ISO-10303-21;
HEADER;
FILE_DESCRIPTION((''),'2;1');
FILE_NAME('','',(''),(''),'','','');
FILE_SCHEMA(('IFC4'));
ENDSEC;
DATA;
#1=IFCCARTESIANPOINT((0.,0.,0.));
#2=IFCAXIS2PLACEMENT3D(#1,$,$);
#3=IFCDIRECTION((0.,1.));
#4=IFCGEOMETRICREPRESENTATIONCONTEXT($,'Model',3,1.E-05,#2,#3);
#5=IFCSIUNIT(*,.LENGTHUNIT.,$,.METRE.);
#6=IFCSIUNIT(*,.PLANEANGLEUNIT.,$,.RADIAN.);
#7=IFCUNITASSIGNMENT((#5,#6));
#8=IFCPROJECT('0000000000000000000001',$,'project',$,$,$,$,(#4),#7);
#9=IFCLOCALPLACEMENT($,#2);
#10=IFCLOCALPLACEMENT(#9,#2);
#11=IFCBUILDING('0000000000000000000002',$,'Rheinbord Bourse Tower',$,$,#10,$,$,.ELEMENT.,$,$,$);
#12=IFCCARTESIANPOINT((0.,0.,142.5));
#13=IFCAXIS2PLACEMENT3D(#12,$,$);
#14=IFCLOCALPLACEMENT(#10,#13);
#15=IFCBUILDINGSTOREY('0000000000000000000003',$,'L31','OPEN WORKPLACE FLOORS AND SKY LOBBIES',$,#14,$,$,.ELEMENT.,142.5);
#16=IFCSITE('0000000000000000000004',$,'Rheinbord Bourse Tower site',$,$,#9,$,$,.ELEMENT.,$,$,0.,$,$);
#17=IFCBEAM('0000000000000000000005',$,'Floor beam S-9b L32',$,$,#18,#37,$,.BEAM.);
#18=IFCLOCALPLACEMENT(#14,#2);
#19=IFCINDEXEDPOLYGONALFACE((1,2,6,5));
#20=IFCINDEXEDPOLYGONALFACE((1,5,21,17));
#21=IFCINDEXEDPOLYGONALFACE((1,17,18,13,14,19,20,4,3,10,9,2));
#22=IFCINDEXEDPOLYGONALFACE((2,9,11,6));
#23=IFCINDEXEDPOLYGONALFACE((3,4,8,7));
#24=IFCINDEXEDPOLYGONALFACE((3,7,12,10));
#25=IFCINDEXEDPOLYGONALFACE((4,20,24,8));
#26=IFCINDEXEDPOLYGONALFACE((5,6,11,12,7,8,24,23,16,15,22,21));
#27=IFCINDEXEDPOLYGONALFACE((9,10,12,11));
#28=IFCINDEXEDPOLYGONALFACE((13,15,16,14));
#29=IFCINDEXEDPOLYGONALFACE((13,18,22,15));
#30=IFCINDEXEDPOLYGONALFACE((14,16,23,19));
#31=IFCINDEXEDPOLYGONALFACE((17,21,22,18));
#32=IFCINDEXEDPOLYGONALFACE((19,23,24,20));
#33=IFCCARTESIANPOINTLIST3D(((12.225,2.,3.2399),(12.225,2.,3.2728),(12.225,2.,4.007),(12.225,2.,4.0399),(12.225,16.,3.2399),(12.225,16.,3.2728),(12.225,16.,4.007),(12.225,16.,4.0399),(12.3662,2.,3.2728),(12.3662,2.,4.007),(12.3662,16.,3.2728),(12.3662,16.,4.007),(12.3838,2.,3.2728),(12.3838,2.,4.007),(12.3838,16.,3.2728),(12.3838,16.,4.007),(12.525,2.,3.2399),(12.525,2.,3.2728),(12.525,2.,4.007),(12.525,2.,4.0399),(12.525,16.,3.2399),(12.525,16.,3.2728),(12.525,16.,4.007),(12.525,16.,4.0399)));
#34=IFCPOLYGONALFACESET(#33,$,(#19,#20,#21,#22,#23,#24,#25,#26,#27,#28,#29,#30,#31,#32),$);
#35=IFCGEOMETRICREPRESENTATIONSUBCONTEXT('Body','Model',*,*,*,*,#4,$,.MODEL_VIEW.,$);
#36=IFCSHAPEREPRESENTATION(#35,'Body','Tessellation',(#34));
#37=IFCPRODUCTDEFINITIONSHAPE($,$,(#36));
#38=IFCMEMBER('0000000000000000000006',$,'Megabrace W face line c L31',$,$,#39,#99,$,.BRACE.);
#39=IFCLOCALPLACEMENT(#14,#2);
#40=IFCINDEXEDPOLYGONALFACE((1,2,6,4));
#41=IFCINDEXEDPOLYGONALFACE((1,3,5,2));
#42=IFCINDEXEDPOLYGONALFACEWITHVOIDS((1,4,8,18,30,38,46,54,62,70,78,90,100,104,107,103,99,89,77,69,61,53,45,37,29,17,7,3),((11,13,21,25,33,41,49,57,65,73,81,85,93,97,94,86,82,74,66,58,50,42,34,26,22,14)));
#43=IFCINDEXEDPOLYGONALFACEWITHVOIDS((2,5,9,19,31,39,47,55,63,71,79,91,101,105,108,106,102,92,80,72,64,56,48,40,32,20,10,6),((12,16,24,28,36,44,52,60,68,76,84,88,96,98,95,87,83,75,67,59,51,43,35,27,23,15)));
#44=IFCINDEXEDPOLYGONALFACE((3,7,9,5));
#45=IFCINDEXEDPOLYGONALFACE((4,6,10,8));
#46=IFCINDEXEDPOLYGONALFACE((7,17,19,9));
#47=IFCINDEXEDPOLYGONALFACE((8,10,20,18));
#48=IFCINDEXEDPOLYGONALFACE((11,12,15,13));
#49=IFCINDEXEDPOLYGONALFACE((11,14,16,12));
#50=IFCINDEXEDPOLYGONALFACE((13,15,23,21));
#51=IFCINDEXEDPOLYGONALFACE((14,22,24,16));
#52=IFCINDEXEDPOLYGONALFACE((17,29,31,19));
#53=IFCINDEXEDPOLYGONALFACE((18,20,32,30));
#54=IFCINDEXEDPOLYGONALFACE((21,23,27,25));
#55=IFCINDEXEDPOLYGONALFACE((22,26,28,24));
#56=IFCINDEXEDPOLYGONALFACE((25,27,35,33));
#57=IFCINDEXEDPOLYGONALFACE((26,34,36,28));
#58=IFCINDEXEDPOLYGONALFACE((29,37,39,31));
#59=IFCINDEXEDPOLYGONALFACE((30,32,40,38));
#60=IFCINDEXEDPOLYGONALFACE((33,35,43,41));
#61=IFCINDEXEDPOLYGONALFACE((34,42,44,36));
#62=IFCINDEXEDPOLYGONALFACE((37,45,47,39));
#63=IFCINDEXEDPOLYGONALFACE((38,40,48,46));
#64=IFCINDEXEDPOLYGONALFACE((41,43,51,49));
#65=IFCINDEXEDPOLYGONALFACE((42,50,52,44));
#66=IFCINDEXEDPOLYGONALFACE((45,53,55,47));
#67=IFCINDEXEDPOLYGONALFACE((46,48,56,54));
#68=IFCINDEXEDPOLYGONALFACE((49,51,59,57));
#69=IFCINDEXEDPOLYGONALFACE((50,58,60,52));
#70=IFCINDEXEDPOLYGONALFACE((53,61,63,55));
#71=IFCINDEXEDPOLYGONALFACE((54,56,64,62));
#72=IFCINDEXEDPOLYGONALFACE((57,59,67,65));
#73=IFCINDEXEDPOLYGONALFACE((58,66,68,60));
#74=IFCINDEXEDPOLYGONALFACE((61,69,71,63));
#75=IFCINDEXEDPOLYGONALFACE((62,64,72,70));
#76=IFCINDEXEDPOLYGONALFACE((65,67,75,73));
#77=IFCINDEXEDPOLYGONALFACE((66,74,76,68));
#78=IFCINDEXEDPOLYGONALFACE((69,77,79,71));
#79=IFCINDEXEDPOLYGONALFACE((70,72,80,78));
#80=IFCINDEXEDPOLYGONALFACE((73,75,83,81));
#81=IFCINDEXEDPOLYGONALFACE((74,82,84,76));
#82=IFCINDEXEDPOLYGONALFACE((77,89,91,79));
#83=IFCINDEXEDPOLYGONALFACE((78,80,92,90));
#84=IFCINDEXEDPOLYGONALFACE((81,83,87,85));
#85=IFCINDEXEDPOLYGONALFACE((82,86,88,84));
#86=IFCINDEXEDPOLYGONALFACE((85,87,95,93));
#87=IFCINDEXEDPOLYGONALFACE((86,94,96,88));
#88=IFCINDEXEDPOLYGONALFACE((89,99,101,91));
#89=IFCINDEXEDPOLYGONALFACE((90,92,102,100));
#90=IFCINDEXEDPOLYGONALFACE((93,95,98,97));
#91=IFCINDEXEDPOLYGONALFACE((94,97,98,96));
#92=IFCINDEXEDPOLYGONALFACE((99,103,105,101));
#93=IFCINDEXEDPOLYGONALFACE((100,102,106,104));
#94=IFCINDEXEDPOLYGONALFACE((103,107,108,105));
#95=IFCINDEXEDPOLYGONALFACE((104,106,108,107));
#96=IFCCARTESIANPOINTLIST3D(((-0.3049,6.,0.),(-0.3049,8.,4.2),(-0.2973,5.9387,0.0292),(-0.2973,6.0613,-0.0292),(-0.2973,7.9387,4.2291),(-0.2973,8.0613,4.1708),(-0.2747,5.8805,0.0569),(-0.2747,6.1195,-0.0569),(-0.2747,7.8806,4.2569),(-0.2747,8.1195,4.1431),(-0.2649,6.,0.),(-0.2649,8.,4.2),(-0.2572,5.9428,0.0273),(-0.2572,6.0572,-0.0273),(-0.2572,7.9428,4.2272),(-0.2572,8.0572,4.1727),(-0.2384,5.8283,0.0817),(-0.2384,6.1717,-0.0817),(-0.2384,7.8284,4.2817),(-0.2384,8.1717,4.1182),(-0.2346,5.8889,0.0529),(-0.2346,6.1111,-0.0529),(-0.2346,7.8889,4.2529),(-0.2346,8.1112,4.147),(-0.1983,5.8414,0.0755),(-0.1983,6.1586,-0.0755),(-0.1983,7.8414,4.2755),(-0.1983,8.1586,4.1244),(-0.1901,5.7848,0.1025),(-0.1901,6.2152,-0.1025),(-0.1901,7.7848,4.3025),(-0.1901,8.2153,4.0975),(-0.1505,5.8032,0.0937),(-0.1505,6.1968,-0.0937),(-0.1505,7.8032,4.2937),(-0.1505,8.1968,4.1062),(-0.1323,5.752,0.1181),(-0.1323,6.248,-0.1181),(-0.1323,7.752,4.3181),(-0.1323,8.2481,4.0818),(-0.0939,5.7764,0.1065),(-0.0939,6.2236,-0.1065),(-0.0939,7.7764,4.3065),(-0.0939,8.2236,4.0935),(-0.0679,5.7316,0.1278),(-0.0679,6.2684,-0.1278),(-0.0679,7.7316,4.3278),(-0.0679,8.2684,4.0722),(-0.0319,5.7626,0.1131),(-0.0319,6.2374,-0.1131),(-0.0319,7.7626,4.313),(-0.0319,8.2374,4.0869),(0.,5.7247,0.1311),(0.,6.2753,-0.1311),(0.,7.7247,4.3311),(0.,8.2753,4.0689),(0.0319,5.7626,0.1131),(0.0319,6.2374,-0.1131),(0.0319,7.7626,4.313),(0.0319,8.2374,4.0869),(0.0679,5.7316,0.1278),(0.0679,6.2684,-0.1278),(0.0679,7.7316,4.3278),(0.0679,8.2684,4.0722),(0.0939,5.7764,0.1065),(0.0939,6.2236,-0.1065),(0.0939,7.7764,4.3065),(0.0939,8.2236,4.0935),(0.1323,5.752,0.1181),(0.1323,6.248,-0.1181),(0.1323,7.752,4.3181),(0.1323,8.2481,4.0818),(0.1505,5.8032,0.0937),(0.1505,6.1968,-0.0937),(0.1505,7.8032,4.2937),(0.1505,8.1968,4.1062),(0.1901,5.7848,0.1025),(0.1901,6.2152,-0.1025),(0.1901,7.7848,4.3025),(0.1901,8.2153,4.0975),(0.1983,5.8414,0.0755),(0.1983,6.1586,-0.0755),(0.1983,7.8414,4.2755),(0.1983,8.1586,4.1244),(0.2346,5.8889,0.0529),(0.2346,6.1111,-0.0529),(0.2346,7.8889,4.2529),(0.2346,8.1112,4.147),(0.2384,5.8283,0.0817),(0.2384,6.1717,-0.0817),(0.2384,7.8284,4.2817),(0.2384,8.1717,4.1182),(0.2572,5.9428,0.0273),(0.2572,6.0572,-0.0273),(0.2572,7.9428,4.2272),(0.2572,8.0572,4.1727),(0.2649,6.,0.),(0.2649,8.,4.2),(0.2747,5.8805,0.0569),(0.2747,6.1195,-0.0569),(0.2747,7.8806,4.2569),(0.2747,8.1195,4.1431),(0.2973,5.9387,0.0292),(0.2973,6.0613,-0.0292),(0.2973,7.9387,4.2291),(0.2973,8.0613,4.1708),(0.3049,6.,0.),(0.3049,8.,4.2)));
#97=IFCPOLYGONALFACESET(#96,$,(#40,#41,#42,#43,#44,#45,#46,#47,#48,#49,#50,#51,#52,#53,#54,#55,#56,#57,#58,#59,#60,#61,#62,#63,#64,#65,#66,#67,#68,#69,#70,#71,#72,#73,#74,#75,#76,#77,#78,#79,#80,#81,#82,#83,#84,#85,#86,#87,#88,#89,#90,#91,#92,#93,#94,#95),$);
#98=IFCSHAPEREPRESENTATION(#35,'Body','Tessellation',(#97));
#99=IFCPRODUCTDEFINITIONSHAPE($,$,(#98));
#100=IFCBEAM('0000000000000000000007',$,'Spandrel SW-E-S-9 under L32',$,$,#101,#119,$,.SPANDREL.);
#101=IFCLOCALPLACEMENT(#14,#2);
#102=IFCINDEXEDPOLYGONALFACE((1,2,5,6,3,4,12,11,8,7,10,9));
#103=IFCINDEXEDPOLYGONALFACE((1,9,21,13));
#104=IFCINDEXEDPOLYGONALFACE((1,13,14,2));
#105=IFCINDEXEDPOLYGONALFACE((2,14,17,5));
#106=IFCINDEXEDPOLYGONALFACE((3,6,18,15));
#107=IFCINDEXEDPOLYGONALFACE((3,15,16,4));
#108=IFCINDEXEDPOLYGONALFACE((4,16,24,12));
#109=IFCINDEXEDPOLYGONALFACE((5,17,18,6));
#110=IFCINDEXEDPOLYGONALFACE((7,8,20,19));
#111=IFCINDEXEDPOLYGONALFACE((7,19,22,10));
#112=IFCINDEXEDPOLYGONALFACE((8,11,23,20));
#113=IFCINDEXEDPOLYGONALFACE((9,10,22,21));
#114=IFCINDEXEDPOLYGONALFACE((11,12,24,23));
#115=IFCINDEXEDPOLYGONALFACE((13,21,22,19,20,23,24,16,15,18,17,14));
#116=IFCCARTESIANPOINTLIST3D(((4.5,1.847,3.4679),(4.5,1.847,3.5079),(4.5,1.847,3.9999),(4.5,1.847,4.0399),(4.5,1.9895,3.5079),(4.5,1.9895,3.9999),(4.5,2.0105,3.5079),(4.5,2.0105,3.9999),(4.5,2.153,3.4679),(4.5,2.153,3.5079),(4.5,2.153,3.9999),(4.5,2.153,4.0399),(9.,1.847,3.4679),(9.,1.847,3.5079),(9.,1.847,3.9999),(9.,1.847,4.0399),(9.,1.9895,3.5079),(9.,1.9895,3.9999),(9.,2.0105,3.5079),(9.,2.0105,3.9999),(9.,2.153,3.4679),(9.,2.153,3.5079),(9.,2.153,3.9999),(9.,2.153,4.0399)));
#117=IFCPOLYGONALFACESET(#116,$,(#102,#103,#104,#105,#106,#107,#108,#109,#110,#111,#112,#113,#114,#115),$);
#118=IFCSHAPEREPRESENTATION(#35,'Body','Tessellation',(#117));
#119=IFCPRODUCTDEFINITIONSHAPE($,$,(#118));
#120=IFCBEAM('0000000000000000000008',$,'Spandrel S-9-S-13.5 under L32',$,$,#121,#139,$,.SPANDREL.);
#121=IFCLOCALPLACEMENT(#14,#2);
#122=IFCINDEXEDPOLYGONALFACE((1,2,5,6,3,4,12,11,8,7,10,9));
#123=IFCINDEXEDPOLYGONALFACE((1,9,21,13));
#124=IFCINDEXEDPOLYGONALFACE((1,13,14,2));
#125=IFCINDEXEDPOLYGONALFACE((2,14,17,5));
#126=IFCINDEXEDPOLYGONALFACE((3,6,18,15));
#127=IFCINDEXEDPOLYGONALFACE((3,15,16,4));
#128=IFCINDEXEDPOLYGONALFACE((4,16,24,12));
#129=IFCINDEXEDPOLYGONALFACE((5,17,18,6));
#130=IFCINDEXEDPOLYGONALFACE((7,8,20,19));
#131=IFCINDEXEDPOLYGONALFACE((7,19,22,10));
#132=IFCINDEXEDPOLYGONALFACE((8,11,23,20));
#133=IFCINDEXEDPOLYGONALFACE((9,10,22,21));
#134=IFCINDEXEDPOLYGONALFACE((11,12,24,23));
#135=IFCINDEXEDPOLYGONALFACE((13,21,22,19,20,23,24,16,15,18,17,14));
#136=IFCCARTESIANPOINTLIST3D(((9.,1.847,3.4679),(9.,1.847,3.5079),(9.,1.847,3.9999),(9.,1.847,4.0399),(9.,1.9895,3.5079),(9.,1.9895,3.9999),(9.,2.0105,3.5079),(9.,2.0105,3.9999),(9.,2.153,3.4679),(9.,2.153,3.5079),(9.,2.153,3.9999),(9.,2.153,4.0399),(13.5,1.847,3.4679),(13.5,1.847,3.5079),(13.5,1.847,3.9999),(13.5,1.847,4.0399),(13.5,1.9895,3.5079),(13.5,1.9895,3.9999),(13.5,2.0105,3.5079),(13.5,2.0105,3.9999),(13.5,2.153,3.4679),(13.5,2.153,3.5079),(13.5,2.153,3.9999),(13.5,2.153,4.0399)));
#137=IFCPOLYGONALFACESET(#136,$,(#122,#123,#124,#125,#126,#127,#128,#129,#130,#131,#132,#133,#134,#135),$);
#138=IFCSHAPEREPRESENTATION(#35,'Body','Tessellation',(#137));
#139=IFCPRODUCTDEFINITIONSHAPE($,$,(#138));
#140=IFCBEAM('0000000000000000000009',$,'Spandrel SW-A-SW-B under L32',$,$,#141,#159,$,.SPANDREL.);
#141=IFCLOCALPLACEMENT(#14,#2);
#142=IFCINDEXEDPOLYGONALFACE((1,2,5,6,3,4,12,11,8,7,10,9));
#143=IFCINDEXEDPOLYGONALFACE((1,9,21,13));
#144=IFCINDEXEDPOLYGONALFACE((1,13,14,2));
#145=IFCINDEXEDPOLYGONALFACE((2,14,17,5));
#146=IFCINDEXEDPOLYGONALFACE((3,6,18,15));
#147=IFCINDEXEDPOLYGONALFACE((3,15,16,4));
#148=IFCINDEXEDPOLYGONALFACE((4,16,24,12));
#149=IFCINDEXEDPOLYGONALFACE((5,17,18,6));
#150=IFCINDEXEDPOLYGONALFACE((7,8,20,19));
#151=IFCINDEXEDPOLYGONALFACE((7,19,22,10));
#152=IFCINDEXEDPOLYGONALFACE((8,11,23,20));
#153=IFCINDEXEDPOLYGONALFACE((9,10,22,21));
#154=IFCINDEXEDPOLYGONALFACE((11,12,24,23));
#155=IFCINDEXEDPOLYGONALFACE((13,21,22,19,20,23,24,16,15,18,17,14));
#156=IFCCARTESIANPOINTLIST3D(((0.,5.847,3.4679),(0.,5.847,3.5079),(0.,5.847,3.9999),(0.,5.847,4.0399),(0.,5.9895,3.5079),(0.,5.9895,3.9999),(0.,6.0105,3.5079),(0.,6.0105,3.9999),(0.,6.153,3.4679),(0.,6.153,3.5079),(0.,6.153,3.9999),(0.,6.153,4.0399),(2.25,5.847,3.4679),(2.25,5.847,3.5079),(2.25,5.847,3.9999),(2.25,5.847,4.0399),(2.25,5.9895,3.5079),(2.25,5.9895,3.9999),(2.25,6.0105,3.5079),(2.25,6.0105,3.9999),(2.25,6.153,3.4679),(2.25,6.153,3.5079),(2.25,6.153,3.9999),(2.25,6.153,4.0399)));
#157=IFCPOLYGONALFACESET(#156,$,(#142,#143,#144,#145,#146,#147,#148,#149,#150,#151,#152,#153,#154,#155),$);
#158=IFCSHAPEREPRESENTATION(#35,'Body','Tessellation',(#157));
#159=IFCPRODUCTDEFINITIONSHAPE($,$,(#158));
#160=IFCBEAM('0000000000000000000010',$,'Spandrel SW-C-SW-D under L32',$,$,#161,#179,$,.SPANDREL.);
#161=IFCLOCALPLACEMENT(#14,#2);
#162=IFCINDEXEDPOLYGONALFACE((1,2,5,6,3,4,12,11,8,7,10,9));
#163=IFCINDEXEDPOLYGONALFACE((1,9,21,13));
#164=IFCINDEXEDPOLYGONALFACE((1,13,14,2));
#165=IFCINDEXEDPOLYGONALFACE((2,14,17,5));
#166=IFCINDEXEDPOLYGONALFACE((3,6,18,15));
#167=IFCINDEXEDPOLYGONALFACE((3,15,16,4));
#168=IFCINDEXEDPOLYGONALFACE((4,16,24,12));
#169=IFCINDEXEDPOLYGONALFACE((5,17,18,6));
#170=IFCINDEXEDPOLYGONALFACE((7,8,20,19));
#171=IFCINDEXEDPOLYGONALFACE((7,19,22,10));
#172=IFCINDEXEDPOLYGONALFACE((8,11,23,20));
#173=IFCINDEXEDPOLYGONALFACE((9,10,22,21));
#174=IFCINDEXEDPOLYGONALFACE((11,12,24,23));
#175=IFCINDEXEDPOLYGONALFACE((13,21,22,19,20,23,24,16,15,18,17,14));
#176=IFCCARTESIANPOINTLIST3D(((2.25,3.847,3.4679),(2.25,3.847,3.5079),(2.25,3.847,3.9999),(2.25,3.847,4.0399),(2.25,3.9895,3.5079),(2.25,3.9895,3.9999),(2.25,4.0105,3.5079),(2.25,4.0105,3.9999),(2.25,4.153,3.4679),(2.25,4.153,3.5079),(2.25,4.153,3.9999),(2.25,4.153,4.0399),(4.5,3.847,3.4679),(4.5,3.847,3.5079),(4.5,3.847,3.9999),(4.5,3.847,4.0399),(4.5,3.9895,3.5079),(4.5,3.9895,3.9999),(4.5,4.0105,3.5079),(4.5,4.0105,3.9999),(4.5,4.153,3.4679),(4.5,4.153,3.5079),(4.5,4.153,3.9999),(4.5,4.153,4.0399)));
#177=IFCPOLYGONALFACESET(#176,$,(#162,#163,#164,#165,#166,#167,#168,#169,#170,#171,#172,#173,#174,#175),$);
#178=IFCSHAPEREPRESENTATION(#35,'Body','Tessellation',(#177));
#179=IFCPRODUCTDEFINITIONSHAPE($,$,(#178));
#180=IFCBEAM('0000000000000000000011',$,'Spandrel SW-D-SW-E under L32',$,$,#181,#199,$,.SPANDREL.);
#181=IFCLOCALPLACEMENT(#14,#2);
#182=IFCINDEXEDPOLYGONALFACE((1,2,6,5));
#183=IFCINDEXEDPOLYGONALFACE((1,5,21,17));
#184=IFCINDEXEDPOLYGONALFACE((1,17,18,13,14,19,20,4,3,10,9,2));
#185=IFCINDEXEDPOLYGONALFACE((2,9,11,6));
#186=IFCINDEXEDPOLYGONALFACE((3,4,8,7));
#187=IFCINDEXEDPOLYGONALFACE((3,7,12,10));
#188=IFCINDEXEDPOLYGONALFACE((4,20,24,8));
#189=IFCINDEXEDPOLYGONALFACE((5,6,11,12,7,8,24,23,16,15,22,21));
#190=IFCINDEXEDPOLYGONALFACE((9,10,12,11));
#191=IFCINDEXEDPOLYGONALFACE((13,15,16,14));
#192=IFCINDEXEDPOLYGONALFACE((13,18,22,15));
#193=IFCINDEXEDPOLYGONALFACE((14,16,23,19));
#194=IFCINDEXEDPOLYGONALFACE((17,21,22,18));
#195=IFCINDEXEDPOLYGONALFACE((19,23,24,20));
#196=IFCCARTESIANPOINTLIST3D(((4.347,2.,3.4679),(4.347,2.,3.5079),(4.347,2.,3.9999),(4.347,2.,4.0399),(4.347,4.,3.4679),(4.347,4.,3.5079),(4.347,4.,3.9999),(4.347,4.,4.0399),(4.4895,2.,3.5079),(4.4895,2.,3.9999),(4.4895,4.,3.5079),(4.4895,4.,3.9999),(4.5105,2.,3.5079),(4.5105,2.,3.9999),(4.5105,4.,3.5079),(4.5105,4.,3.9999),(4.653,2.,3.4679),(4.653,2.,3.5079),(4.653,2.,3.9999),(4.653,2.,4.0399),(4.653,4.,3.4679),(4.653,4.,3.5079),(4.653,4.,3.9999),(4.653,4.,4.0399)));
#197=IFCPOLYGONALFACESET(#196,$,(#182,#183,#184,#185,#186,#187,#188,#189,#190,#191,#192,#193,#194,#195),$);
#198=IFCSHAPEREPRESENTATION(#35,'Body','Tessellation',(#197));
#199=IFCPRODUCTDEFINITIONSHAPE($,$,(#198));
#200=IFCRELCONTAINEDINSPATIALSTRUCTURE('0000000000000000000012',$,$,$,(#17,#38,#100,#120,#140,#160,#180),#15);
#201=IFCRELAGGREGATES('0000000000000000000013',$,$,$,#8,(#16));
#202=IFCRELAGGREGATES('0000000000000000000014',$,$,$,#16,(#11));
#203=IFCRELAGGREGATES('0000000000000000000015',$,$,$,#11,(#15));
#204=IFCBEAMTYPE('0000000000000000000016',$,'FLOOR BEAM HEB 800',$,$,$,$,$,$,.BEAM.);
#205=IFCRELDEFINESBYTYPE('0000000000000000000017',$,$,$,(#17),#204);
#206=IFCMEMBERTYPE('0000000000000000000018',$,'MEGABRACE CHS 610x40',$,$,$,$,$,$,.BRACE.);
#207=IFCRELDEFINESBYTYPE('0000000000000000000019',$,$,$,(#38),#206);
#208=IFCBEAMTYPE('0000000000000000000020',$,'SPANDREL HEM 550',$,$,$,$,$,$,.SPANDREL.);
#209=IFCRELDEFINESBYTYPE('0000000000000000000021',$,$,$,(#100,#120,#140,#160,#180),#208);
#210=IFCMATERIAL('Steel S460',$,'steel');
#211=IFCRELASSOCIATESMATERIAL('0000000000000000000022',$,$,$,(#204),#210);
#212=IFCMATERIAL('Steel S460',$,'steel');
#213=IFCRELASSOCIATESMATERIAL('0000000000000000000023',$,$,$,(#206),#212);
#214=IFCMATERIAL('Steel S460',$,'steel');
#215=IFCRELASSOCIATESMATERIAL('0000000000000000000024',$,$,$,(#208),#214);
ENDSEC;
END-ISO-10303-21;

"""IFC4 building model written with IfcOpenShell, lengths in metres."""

from ifc_helpers import new_model, si_unit, direction, frame, origin, origin_2d, place, context, subcontext, project, spatial, hollow_circle, i_section, extrude, material, material_profile, profile_set, type_object, element, save


model = new_model("IFC4")

# Units and contexts
model_context = context("Model", 3, precision=1e-05, world=origin(), true_north=direction((0.0, 1.0)))
body_context = subcontext(model_context, "Body", "Model", "MODEL_VIEW")
ifc_project = project(units=[si_unit("LENGTHUNIT", "METRE"), si_unit("PLANEANGLEUNIT", "RADIAN")], contexts=[model_context])

# Site, building, storey
site_placement = place(None, origin())
site = spatial("IfcSite", under=ifc_project, at=site_placement, Name="Rheinbord Bourse Tower site", CompositionType="ELEMENT", RefElevation=0.0)
building_placement = place(site_placement, origin())
building = spatial("IfcBuilding", under=site, at=building_placement, Name="Rheinbord Bourse Tower", CompositionType="ELEMENT")
storey_placement = place(building_placement, frame((0.0, 0.0, 142.5)))
storey = spatial("IfcBuildingStorey", under=building, at=storey_placement, Name="L31", Description="OPEN WORKPLACE FLOORS AND SKY LOBBIES", CompositionType="ELEMENT", Elevation=142.5)

# Beam
ifc_material_1 = material(Name="Steel S460", Category="steel")
ifc_material_profile_1 = material_profile(ifc_material_1, i_section(OverallWidth=0.3, OverallDepth=0.8, WebThickness=0.0176, FlangeThickness=0.033, at=origin_2d()), Name="HEB 800")
ifc_profile_set_1 = profile_set([ifc_material_profile_1], Name="Steel S460")
beam_type_1 = type_object("IfcBeamType", Name="FLOOR BEAM HEB 800", PredefinedType="BEAM", material=ifc_profile_set_1)
for number, where, z_axis, x_axis, name in (
    (1, (12.375, 2.0, 3.6399), (0.0, 1.0, 0.0), (-1.0, 0.0, 0.0), "Floor beam S-9b L32"),
):
    element("IfcBeam", number, at=place(storey_placement, frame(where, z_axis=z_axis, x_axis=x_axis)), inside=storey, type_object=beam_type_1, Name=name, PredefinedType="BEAM", context=body_context, shape_type="SweptSolid", body=[
        extrude(i_section(OverallWidth=0.3, OverallDepth=0.8, WebThickness=0.0176, FlangeThickness=0.033, at=origin_2d()), origin(), (0.0, 0.0, 1.0), 14.0),
    ])

# Member
ifc_material_2 = material(Name="Steel S460", Category="steel")
ifc_material_profile_2 = material_profile(ifc_material_2, hollow_circle(Radius=0.3049, WallThickness=0.04, at=origin_2d()), Name="CHS 610x40")
ifc_profile_set_2 = profile_set([ifc_material_profile_2], Name="Steel S460")
member_type_1 = type_object("IfcMemberType", Name="MEGABRACE CHS 610x40", PredefinedType="BRACE", material=ifc_profile_set_2)
member_1_placement = place(storey_placement, frame((0.0, 6.0, 0.0), z_axis=(0.0, 0.429938, 0.902859), x_axis=(-1.0, 0.0, 0.0)))
element("IfcMember", 2, at=member_1_placement, inside=storey, type_object=member_type_1, Name="Megabrace W face line c L31", PredefinedType="BRACE", context=body_context, shape_type="SweptSolid", body=[
    extrude(hollow_circle(Radius=0.3049, WallThickness=0.04, at=origin_2d()), origin(), (0.0, 0.0, 1.0), 4.6519),
])

# Beams
ifc_material_3 = material(Name="Steel S460", Category="steel")
ifc_material_profile_3 = material_profile(ifc_material_3, i_section(OverallWidth=0.3059, OverallDepth=0.572, WebThickness=0.021, FlangeThickness=0.04, at=origin_2d()), Name="HEM 550")
ifc_profile_set_3 = profile_set([ifc_material_profile_3], Name="Steel S460")
beam_type_2 = type_object("IfcBeamType", Name="SPANDREL HEM 550", PredefinedType="SPANDREL", material=ifc_profile_set_3)
for number, where, z_axis, x_axis, name in (
    (3, (4.5, 2.0, 3.7539), (1.0, 0.0, 0.0), (0.0, 1.0, 0.0), "Spandrel SW-E-S-9 under L32"),
    (4, (9.0, 2.0, 3.7539), (1.0, 0.0, 0.0), (0.0, 1.0, 0.0), "Spandrel S-9-S-13.5 under L32"),
):
    element("IfcBeam", number, at=place(storey_placement, frame(where, z_axis=z_axis, x_axis=x_axis)), inside=storey, type_object=beam_type_2, Name=name, PredefinedType="SPANDREL", context=body_context, shape_type="SweptSolid", body=[
        extrude(i_section(OverallWidth=0.3059, OverallDepth=0.572, WebThickness=0.021, FlangeThickness=0.04, at=origin_2d()), origin(), (0.0, 0.0, 1.0), 4.5),
    ])
for number, where, z_axis, x_axis, name in (
    (5, (0.0, 6.0, 3.7539), (1.0, 0.0, 0.0), (0.0, 1.0, 0.0), "Spandrel SW-A-SW-B under L32"),
    (6, (2.25, 4.0, 3.7539), (1.0, 0.0, 0.0), (0.0, 1.0, 0.0), "Spandrel SW-C-SW-D under L32"),
):
    element("IfcBeam", number, at=place(storey_placement, frame(where, z_axis=z_axis, x_axis=x_axis)), inside=storey, type_object=beam_type_2, Name=name, PredefinedType="SPANDREL", context=body_context, shape_type="SweptSolid", body=[
        extrude(i_section(OverallWidth=0.3059, OverallDepth=0.572, WebThickness=0.021, FlangeThickness=0.04, at=origin_2d()), origin(), (0.0, 0.0, 1.0), 2.25),
    ])
beam_placement = place(storey_placement, frame((4.5, 4.0, 3.7539), z_axis=(0.0, -1.0, 0.0), x_axis=(1.0, 0.0, 0.0)))
element("IfcBeam", 7, at=beam_placement, inside=storey, type_object=beam_type_2, Name="Spandrel SW-D-SW-E under L32", PredefinedType="SPANDREL", context=body_context, shape_type="SweptSolid", body=[
    extrude(i_section(OverallWidth=0.3059, OverallDepth=0.572, WebThickness=0.021, FlangeThickness=0.04, at=origin_2d()), origin(), (0.0, 0.0, 1.0), 2.0),
])

save(model, "model.ifc")
